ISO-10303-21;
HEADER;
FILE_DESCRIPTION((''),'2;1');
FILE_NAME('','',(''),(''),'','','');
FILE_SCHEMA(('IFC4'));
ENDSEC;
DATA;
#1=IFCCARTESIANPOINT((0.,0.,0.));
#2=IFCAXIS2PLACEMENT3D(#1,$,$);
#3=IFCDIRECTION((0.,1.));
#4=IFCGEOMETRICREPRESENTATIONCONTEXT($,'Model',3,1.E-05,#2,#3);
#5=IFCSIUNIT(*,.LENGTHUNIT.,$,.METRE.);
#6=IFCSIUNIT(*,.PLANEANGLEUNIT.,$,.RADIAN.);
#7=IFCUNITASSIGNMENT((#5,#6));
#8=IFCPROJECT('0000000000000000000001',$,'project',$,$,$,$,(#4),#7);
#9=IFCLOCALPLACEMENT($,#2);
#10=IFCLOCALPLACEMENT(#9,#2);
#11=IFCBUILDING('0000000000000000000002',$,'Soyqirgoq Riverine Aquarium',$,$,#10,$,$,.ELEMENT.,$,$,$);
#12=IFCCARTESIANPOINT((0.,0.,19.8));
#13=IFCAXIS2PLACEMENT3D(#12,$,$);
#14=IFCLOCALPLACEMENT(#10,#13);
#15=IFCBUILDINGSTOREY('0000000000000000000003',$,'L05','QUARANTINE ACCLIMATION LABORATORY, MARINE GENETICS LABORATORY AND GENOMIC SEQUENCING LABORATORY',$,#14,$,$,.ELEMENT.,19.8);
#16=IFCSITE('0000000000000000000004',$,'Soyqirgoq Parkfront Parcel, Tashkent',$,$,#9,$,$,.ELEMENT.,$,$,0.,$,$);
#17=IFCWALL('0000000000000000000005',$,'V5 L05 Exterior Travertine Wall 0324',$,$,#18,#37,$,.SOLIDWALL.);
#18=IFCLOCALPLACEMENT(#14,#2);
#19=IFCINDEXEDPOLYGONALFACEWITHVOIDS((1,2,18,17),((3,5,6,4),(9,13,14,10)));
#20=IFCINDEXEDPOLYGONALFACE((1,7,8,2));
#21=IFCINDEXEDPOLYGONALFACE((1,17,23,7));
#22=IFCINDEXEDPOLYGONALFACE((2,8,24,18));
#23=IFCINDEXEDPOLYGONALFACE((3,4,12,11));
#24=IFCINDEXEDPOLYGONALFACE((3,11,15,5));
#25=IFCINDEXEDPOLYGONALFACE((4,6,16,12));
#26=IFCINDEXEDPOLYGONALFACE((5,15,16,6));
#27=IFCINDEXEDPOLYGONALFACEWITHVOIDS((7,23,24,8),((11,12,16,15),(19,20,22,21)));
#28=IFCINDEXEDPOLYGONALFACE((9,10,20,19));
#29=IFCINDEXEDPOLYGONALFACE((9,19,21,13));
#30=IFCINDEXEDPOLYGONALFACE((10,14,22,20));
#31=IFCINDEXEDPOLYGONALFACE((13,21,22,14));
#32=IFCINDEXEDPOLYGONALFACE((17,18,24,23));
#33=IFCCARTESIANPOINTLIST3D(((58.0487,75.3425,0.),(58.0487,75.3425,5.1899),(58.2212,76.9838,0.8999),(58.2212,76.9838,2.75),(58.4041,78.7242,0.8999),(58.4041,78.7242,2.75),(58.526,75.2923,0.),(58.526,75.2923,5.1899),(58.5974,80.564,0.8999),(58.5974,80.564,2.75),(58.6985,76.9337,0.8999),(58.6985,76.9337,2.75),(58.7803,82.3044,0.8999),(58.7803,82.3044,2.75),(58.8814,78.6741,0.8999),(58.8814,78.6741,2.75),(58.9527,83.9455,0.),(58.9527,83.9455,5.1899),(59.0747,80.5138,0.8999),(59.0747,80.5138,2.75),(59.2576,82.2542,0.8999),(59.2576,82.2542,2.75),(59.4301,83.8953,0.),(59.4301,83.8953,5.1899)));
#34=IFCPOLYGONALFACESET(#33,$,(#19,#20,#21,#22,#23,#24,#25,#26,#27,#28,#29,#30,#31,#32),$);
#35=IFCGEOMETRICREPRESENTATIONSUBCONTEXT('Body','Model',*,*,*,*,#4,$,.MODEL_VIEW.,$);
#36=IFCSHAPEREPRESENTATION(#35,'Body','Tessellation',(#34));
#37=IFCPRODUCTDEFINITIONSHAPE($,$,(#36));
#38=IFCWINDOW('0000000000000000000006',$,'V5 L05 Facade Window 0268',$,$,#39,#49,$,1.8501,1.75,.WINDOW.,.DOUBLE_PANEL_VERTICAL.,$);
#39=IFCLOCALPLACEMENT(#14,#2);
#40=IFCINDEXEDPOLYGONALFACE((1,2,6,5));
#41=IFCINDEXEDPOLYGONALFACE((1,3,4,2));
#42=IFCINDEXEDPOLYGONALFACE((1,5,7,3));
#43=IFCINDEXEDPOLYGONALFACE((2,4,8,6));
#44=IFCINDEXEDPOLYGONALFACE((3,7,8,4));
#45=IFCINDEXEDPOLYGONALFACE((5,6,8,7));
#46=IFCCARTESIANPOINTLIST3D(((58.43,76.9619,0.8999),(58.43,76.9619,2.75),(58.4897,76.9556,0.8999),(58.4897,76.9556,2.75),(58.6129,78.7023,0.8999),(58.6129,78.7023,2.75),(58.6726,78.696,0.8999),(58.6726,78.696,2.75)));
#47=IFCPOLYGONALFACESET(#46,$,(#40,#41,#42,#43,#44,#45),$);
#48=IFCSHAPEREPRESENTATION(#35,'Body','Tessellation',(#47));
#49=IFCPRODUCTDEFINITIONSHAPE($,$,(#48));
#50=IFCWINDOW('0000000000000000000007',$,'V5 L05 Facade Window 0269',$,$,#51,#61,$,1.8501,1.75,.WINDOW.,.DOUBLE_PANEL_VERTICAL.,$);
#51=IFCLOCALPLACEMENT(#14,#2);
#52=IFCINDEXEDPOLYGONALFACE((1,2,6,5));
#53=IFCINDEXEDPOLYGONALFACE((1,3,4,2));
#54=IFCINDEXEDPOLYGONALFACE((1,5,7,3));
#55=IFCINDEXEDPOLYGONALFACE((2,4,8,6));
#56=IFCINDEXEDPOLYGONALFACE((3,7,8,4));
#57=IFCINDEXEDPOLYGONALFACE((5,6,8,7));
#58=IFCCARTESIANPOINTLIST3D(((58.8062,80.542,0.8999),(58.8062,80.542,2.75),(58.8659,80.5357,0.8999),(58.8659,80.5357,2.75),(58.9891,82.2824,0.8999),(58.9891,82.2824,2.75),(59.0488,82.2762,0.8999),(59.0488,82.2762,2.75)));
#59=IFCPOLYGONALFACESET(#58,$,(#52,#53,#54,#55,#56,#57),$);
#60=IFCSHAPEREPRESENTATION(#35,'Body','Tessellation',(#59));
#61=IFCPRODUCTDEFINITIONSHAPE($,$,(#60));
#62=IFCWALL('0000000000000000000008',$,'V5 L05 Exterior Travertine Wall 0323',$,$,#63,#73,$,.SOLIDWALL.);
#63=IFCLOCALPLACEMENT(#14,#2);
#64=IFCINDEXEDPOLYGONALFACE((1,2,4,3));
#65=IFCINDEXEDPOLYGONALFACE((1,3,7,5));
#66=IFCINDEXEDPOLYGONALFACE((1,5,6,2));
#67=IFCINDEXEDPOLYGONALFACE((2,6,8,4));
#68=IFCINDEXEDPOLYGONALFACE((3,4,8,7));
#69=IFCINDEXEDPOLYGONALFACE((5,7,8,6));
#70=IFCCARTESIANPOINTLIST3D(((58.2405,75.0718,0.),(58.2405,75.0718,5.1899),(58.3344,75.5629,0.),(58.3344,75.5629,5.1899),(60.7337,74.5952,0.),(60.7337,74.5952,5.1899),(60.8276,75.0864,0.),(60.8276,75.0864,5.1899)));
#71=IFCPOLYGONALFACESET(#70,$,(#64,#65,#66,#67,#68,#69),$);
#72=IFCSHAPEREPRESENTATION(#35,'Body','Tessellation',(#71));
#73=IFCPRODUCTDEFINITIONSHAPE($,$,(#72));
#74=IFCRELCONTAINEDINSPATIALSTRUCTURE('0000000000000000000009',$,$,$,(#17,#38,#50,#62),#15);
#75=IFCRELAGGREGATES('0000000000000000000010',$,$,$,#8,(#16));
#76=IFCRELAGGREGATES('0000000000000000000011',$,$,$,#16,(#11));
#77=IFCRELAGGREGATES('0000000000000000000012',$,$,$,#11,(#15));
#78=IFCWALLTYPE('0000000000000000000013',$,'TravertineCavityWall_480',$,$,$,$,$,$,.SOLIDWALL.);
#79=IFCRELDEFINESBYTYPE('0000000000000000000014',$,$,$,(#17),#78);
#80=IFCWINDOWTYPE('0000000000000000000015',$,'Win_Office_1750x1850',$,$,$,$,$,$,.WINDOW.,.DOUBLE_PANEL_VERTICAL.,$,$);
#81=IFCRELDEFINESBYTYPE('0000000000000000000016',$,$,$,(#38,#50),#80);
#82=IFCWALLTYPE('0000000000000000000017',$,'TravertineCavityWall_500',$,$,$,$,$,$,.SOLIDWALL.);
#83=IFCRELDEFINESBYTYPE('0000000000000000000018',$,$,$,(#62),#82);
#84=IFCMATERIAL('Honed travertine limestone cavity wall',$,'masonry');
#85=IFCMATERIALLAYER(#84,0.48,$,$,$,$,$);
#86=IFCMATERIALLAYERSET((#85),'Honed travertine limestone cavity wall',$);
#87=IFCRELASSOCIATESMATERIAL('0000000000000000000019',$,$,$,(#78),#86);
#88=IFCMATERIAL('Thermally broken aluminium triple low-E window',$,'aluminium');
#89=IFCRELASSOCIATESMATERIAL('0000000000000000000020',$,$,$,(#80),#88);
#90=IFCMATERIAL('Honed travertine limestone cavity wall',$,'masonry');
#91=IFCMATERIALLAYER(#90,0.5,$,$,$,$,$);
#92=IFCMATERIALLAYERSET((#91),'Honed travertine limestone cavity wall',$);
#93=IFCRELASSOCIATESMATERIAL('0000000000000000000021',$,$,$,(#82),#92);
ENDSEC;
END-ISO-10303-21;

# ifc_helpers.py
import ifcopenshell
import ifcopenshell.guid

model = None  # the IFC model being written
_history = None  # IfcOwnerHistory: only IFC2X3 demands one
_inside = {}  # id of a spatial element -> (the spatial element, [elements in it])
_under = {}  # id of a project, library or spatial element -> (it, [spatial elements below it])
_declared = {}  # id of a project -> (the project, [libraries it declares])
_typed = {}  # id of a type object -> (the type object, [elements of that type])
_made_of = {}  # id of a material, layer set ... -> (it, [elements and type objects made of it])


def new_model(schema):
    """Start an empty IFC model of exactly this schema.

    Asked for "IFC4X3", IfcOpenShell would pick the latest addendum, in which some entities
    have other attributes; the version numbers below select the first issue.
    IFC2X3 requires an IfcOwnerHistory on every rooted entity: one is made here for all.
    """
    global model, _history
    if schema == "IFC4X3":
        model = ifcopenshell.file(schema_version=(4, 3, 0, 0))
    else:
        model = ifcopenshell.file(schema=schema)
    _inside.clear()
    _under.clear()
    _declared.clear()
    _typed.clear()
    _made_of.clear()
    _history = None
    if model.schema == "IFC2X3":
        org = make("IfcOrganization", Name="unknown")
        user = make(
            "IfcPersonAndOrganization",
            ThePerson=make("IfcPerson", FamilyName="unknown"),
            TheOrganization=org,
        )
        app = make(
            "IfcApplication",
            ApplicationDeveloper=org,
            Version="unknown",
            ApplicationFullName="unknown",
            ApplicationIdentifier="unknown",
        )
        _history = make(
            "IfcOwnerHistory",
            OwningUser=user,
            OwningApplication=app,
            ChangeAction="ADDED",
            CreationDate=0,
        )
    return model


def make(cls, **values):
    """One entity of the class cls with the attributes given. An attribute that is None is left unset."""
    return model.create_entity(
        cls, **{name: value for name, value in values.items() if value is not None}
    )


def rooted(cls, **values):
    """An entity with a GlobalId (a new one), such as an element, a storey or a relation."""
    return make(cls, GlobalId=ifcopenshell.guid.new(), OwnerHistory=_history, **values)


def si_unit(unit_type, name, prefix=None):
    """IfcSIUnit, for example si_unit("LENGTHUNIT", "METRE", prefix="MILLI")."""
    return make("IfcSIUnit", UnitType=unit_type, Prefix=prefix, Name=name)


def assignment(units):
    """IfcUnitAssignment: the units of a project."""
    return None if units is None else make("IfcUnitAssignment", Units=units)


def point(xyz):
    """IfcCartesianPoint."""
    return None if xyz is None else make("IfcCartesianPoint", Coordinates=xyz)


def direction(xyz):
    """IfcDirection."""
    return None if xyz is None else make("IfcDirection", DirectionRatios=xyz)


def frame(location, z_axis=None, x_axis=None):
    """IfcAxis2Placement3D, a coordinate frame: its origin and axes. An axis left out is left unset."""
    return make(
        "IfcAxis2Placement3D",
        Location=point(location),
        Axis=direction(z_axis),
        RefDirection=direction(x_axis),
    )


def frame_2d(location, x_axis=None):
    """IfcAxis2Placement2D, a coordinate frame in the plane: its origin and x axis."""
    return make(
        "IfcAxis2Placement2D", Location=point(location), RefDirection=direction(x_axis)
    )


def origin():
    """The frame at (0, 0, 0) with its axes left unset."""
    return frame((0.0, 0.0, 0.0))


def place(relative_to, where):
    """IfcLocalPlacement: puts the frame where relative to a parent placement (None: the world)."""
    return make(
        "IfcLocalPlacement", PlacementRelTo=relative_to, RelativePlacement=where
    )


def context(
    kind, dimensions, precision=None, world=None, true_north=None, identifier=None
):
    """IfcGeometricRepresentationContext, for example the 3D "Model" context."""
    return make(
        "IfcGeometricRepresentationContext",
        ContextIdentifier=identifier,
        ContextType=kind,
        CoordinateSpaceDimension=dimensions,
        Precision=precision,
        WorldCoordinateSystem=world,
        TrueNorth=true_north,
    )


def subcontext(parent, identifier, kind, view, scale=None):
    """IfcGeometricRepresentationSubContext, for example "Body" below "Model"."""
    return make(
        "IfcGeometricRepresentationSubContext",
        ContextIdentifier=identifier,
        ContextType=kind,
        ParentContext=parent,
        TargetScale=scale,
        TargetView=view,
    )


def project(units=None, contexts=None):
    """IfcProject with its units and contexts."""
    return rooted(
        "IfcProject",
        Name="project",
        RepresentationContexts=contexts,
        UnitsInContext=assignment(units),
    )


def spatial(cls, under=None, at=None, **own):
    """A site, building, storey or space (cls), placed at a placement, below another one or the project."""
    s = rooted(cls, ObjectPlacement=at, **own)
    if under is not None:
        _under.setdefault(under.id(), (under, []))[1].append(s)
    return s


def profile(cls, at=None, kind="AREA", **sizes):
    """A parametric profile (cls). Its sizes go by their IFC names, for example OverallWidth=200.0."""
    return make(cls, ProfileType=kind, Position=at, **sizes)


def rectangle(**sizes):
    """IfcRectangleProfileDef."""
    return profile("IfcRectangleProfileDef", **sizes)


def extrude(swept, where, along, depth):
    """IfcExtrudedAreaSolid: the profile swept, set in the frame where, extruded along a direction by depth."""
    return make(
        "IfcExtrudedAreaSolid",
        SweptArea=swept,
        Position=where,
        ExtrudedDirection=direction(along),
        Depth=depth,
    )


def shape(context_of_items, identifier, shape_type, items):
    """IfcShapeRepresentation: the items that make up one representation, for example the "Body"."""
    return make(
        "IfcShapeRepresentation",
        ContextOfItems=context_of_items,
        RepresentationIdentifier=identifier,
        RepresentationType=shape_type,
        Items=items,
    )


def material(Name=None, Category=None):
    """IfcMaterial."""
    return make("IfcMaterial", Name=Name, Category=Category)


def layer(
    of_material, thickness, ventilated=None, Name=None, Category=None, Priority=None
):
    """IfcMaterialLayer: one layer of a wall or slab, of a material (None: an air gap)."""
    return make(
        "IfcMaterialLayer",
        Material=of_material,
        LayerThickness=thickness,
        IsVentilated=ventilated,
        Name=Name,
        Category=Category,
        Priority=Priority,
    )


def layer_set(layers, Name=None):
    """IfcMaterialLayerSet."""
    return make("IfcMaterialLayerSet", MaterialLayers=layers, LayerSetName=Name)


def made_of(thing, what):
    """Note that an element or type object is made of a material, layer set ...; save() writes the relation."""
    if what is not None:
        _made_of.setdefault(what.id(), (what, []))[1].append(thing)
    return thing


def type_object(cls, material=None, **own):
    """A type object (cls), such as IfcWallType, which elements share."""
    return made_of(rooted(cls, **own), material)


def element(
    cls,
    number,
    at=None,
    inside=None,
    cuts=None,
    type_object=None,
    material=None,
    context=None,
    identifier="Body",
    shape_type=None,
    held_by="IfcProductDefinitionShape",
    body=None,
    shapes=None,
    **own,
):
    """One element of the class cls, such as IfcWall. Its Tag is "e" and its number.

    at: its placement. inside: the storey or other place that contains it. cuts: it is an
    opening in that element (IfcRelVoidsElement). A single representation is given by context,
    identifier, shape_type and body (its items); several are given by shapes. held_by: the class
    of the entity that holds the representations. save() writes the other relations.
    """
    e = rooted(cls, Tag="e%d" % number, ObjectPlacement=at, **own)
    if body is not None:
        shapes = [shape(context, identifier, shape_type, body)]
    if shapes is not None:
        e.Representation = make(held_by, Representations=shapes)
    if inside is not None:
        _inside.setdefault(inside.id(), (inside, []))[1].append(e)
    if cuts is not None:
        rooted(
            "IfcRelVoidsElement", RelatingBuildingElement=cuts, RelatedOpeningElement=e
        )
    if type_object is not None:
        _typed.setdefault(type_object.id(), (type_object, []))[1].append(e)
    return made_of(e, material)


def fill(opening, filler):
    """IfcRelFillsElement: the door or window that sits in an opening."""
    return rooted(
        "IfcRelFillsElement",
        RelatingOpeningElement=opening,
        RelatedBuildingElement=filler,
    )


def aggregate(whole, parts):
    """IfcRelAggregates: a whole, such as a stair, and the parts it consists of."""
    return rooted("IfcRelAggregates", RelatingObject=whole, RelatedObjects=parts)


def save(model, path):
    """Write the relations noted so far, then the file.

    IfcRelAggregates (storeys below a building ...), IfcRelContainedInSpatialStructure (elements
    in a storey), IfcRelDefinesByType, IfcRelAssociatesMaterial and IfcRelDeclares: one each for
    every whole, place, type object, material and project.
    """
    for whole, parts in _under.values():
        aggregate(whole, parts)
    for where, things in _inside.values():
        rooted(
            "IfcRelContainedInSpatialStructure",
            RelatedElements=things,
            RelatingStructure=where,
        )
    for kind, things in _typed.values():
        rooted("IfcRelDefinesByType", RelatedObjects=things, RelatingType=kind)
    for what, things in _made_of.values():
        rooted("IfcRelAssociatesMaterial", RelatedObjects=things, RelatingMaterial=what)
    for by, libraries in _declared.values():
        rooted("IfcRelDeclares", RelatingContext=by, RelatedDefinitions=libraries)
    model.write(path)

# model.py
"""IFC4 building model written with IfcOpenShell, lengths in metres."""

from ifc_helpers import new_model, si_unit, direction, frame, frame_2d, origin, place, context, subcontext, project, spatial, rectangle, extrude, material, layer, layer_set, type_object, element, fill, save


model = new_model("IFC4")

# Units and contexts
model_context = context("Model", 3, precision=1e-05, world=origin(), true_north=direction((0.0, 1.0)))
body_context = subcontext(model_context, "Body", "Model", "MODEL_VIEW")
ifc_project = project(units=[si_unit("LENGTHUNIT", "METRE"), si_unit("PLANEANGLEUNIT", "RADIAN")], contexts=[model_context])

# Site, building, storey
site_placement = place(None, origin())
site = spatial("IfcSite", under=ifc_project, at=site_placement, Name="Soyqirgoq Parkfront Parcel, Tashkent", CompositionType="ELEMENT", RefElevation=0.0)
building_placement = place(site_placement, origin())
building = spatial("IfcBuilding", under=site, at=building_placement, Name="Soyqirgoq Riverine Aquarium", CompositionType="ELEMENT")
storey_placement = place(building_placement, frame((0.0, 0.0, 19.8)))
storey = spatial("IfcBuildingStorey", under=building, at=storey_placement, Name="L05", Description="QUARANTINE ACCLIMATION LABORATORY, MARINE GENETICS LABORATORY AND GENOMIC SEQUENCING LABORATORY", CompositionType="ELEMENT", Elevation=19.8)

# Wall, openings, windows
ifc_material_1 = material(Name="Honed travertine limestone cavity wall", Category="masonry")
ifc_layer_1 = layer(ifc_material_1, 0.48)
ifc_layer_set_1 = layer_set([ifc_layer_1], Name="Honed travertine limestone cavity wall")
wall_type_1 = type_object("IfcWallType", Name="TravertineCavityWall_480", PredefinedType="SOLIDWALL", material=ifc_layer_set_1)
wall_1_placement = place(storey_placement, frame((58.2874, 75.3174, 0.0), z_axis=(0.0, 0.0, 1.0), x_axis=(0.10451, 0.994524, 0.0)))
wall_1 = element("IfcWall", 1, at=wall_1_placement, inside=storey, type_object=wall_type_1, Name="V5 L05 Exterior Travertine Wall 0324", PredefinedType="SOLIDWALL", context=body_context, shape_type="SweptSolid", body=[
    extrude(rectangle(XDim=8.6504, YDim=0.48, at=frame_2d((4.3252, 0.0))), origin(), (0.0, 0.0, 1.0), 5.1899),
])
opening_1_placement = place(wall_1_placement, frame((1.6504, 0.0, 0.8999)))
opening_1 = element("IfcOpeningElement", 2, at=opening_1_placement, cuts=wall_1, PredefinedType="OPENING", context=body_context, shape_type="SweptSolid", body=[
    extrude(rectangle(XDim=1.75, YDim=1.8501, at=frame_2d((0.875, 0.925))), frame((0.0, 0.25, 0.0), z_axis=(0.0, -1.0, 0.0), x_axis=(1.0, 0.0, 0.0)), (0.0, 0.0, 1.0), 0.5),
])
opening_2_placement = place(wall_1_placement, frame((5.2502, 0.0, 0.8999)))
opening_2 = element("IfcOpeningElement", 3, at=opening_2_placement, cuts=wall_1, PredefinedType="OPENING", context=body_context, shape_type="SweptSolid", body=[
    extrude(rectangle(XDim=1.75, YDim=1.8501, at=frame_2d((0.875, 0.925))), frame((0.0, 0.25, 0.0), z_axis=(0.0, -1.0, 0.0), x_axis=(1.0, 0.0, 0.0)), (0.0, 0.0, 1.0), 0.5),
])
ifc_material_2 = material(Name="Thermally broken aluminium triple low-E window", Category="aluminium")
window_type = type_object("IfcWindowType", Name="Win_Office_1750x1850", PartitioningType="DOUBLE_PANEL_VERTICAL", PredefinedType="WINDOW", material=ifc_material_2)
window_1_placement = place(opening_1_placement, origin())
window_1 = element("IfcWindow", 4, at=window_1_placement, inside=storey, type_object=window_type, Name="V5 L05 Facade Window 0268", OverallHeight=1.8501, OverallWidth=1.75, PartitioningType="DOUBLE_PANEL_VERTICAL", PredefinedType="WINDOW", context=body_context, shape_type="SweptSolid", body=[
    extrude(rectangle(XDim=1.75, YDim=1.8501, at=frame_2d((0.875, 0.925))), frame((0.0, 0.03, 0.0), z_axis=(0.0, -1.0, 0.0), x_axis=(1.0, 0.0, 0.0)), (0.0, 0.0, 1.0), 0.0601),
])
fill(opening_1, window_1)
window_2_placement = place(opening_2_placement, origin())
window_2 = element("IfcWindow", 5, at=window_2_placement, inside=storey, type_object=window_type, Name="V5 L05 Facade Window 0269", OverallHeight=1.8501, OverallWidth=1.75, PartitioningType="DOUBLE_PANEL_VERTICAL", PredefinedType="WINDOW", context=body_context, shape_type="SweptSolid", body=[
    extrude(rectangle(XDim=1.75, YDim=1.8501, at=frame_2d((0.875, 0.925))), frame((0.0, 0.03, 0.0), z_axis=(0.0, -1.0, 0.0), x_axis=(1.0, 0.0, 0.0)), (0.0, 0.0, 1.0), 0.0601),
])
fill(opening_2, window_2)

# Wall
ifc_material_3 = material(Name="Honed travertine limestone cavity wall", Category="masonry")
ifc_layer_2 = layer(ifc_material_3, 0.5)
ifc_layer_set_2 = layer_set([ifc_layer_2], Name="Honed travertine limestone cavity wall")
wall_type_2 = type_object("IfcWallType", Name="TravertineCavityWall_500", PredefinedType="SOLIDWALL", material=ifc_layer_set_2)
wall_2_placement = place(storey_placement, frame((60.7805, 74.8408, 0.0), z_axis=(0.0, 0.0, 1.0), x_axis=(-0.982217, 0.187749, 0.0)))
element("IfcWall", 6, at=wall_2_placement, inside=storey, type_object=wall_type_2, Name="V5 L05 Exterior Travertine Wall 0323", PredefinedType="SOLIDWALL", context=body_context, shape_type="SweptSolid", body=[
    extrude(rectangle(XDim=2.5383, YDim=0.5, at=frame_2d((1.269, 0.0))), origin(), (0.0, 0.0, 1.0), 5.1899),
])

save(model, "model.ifc")
